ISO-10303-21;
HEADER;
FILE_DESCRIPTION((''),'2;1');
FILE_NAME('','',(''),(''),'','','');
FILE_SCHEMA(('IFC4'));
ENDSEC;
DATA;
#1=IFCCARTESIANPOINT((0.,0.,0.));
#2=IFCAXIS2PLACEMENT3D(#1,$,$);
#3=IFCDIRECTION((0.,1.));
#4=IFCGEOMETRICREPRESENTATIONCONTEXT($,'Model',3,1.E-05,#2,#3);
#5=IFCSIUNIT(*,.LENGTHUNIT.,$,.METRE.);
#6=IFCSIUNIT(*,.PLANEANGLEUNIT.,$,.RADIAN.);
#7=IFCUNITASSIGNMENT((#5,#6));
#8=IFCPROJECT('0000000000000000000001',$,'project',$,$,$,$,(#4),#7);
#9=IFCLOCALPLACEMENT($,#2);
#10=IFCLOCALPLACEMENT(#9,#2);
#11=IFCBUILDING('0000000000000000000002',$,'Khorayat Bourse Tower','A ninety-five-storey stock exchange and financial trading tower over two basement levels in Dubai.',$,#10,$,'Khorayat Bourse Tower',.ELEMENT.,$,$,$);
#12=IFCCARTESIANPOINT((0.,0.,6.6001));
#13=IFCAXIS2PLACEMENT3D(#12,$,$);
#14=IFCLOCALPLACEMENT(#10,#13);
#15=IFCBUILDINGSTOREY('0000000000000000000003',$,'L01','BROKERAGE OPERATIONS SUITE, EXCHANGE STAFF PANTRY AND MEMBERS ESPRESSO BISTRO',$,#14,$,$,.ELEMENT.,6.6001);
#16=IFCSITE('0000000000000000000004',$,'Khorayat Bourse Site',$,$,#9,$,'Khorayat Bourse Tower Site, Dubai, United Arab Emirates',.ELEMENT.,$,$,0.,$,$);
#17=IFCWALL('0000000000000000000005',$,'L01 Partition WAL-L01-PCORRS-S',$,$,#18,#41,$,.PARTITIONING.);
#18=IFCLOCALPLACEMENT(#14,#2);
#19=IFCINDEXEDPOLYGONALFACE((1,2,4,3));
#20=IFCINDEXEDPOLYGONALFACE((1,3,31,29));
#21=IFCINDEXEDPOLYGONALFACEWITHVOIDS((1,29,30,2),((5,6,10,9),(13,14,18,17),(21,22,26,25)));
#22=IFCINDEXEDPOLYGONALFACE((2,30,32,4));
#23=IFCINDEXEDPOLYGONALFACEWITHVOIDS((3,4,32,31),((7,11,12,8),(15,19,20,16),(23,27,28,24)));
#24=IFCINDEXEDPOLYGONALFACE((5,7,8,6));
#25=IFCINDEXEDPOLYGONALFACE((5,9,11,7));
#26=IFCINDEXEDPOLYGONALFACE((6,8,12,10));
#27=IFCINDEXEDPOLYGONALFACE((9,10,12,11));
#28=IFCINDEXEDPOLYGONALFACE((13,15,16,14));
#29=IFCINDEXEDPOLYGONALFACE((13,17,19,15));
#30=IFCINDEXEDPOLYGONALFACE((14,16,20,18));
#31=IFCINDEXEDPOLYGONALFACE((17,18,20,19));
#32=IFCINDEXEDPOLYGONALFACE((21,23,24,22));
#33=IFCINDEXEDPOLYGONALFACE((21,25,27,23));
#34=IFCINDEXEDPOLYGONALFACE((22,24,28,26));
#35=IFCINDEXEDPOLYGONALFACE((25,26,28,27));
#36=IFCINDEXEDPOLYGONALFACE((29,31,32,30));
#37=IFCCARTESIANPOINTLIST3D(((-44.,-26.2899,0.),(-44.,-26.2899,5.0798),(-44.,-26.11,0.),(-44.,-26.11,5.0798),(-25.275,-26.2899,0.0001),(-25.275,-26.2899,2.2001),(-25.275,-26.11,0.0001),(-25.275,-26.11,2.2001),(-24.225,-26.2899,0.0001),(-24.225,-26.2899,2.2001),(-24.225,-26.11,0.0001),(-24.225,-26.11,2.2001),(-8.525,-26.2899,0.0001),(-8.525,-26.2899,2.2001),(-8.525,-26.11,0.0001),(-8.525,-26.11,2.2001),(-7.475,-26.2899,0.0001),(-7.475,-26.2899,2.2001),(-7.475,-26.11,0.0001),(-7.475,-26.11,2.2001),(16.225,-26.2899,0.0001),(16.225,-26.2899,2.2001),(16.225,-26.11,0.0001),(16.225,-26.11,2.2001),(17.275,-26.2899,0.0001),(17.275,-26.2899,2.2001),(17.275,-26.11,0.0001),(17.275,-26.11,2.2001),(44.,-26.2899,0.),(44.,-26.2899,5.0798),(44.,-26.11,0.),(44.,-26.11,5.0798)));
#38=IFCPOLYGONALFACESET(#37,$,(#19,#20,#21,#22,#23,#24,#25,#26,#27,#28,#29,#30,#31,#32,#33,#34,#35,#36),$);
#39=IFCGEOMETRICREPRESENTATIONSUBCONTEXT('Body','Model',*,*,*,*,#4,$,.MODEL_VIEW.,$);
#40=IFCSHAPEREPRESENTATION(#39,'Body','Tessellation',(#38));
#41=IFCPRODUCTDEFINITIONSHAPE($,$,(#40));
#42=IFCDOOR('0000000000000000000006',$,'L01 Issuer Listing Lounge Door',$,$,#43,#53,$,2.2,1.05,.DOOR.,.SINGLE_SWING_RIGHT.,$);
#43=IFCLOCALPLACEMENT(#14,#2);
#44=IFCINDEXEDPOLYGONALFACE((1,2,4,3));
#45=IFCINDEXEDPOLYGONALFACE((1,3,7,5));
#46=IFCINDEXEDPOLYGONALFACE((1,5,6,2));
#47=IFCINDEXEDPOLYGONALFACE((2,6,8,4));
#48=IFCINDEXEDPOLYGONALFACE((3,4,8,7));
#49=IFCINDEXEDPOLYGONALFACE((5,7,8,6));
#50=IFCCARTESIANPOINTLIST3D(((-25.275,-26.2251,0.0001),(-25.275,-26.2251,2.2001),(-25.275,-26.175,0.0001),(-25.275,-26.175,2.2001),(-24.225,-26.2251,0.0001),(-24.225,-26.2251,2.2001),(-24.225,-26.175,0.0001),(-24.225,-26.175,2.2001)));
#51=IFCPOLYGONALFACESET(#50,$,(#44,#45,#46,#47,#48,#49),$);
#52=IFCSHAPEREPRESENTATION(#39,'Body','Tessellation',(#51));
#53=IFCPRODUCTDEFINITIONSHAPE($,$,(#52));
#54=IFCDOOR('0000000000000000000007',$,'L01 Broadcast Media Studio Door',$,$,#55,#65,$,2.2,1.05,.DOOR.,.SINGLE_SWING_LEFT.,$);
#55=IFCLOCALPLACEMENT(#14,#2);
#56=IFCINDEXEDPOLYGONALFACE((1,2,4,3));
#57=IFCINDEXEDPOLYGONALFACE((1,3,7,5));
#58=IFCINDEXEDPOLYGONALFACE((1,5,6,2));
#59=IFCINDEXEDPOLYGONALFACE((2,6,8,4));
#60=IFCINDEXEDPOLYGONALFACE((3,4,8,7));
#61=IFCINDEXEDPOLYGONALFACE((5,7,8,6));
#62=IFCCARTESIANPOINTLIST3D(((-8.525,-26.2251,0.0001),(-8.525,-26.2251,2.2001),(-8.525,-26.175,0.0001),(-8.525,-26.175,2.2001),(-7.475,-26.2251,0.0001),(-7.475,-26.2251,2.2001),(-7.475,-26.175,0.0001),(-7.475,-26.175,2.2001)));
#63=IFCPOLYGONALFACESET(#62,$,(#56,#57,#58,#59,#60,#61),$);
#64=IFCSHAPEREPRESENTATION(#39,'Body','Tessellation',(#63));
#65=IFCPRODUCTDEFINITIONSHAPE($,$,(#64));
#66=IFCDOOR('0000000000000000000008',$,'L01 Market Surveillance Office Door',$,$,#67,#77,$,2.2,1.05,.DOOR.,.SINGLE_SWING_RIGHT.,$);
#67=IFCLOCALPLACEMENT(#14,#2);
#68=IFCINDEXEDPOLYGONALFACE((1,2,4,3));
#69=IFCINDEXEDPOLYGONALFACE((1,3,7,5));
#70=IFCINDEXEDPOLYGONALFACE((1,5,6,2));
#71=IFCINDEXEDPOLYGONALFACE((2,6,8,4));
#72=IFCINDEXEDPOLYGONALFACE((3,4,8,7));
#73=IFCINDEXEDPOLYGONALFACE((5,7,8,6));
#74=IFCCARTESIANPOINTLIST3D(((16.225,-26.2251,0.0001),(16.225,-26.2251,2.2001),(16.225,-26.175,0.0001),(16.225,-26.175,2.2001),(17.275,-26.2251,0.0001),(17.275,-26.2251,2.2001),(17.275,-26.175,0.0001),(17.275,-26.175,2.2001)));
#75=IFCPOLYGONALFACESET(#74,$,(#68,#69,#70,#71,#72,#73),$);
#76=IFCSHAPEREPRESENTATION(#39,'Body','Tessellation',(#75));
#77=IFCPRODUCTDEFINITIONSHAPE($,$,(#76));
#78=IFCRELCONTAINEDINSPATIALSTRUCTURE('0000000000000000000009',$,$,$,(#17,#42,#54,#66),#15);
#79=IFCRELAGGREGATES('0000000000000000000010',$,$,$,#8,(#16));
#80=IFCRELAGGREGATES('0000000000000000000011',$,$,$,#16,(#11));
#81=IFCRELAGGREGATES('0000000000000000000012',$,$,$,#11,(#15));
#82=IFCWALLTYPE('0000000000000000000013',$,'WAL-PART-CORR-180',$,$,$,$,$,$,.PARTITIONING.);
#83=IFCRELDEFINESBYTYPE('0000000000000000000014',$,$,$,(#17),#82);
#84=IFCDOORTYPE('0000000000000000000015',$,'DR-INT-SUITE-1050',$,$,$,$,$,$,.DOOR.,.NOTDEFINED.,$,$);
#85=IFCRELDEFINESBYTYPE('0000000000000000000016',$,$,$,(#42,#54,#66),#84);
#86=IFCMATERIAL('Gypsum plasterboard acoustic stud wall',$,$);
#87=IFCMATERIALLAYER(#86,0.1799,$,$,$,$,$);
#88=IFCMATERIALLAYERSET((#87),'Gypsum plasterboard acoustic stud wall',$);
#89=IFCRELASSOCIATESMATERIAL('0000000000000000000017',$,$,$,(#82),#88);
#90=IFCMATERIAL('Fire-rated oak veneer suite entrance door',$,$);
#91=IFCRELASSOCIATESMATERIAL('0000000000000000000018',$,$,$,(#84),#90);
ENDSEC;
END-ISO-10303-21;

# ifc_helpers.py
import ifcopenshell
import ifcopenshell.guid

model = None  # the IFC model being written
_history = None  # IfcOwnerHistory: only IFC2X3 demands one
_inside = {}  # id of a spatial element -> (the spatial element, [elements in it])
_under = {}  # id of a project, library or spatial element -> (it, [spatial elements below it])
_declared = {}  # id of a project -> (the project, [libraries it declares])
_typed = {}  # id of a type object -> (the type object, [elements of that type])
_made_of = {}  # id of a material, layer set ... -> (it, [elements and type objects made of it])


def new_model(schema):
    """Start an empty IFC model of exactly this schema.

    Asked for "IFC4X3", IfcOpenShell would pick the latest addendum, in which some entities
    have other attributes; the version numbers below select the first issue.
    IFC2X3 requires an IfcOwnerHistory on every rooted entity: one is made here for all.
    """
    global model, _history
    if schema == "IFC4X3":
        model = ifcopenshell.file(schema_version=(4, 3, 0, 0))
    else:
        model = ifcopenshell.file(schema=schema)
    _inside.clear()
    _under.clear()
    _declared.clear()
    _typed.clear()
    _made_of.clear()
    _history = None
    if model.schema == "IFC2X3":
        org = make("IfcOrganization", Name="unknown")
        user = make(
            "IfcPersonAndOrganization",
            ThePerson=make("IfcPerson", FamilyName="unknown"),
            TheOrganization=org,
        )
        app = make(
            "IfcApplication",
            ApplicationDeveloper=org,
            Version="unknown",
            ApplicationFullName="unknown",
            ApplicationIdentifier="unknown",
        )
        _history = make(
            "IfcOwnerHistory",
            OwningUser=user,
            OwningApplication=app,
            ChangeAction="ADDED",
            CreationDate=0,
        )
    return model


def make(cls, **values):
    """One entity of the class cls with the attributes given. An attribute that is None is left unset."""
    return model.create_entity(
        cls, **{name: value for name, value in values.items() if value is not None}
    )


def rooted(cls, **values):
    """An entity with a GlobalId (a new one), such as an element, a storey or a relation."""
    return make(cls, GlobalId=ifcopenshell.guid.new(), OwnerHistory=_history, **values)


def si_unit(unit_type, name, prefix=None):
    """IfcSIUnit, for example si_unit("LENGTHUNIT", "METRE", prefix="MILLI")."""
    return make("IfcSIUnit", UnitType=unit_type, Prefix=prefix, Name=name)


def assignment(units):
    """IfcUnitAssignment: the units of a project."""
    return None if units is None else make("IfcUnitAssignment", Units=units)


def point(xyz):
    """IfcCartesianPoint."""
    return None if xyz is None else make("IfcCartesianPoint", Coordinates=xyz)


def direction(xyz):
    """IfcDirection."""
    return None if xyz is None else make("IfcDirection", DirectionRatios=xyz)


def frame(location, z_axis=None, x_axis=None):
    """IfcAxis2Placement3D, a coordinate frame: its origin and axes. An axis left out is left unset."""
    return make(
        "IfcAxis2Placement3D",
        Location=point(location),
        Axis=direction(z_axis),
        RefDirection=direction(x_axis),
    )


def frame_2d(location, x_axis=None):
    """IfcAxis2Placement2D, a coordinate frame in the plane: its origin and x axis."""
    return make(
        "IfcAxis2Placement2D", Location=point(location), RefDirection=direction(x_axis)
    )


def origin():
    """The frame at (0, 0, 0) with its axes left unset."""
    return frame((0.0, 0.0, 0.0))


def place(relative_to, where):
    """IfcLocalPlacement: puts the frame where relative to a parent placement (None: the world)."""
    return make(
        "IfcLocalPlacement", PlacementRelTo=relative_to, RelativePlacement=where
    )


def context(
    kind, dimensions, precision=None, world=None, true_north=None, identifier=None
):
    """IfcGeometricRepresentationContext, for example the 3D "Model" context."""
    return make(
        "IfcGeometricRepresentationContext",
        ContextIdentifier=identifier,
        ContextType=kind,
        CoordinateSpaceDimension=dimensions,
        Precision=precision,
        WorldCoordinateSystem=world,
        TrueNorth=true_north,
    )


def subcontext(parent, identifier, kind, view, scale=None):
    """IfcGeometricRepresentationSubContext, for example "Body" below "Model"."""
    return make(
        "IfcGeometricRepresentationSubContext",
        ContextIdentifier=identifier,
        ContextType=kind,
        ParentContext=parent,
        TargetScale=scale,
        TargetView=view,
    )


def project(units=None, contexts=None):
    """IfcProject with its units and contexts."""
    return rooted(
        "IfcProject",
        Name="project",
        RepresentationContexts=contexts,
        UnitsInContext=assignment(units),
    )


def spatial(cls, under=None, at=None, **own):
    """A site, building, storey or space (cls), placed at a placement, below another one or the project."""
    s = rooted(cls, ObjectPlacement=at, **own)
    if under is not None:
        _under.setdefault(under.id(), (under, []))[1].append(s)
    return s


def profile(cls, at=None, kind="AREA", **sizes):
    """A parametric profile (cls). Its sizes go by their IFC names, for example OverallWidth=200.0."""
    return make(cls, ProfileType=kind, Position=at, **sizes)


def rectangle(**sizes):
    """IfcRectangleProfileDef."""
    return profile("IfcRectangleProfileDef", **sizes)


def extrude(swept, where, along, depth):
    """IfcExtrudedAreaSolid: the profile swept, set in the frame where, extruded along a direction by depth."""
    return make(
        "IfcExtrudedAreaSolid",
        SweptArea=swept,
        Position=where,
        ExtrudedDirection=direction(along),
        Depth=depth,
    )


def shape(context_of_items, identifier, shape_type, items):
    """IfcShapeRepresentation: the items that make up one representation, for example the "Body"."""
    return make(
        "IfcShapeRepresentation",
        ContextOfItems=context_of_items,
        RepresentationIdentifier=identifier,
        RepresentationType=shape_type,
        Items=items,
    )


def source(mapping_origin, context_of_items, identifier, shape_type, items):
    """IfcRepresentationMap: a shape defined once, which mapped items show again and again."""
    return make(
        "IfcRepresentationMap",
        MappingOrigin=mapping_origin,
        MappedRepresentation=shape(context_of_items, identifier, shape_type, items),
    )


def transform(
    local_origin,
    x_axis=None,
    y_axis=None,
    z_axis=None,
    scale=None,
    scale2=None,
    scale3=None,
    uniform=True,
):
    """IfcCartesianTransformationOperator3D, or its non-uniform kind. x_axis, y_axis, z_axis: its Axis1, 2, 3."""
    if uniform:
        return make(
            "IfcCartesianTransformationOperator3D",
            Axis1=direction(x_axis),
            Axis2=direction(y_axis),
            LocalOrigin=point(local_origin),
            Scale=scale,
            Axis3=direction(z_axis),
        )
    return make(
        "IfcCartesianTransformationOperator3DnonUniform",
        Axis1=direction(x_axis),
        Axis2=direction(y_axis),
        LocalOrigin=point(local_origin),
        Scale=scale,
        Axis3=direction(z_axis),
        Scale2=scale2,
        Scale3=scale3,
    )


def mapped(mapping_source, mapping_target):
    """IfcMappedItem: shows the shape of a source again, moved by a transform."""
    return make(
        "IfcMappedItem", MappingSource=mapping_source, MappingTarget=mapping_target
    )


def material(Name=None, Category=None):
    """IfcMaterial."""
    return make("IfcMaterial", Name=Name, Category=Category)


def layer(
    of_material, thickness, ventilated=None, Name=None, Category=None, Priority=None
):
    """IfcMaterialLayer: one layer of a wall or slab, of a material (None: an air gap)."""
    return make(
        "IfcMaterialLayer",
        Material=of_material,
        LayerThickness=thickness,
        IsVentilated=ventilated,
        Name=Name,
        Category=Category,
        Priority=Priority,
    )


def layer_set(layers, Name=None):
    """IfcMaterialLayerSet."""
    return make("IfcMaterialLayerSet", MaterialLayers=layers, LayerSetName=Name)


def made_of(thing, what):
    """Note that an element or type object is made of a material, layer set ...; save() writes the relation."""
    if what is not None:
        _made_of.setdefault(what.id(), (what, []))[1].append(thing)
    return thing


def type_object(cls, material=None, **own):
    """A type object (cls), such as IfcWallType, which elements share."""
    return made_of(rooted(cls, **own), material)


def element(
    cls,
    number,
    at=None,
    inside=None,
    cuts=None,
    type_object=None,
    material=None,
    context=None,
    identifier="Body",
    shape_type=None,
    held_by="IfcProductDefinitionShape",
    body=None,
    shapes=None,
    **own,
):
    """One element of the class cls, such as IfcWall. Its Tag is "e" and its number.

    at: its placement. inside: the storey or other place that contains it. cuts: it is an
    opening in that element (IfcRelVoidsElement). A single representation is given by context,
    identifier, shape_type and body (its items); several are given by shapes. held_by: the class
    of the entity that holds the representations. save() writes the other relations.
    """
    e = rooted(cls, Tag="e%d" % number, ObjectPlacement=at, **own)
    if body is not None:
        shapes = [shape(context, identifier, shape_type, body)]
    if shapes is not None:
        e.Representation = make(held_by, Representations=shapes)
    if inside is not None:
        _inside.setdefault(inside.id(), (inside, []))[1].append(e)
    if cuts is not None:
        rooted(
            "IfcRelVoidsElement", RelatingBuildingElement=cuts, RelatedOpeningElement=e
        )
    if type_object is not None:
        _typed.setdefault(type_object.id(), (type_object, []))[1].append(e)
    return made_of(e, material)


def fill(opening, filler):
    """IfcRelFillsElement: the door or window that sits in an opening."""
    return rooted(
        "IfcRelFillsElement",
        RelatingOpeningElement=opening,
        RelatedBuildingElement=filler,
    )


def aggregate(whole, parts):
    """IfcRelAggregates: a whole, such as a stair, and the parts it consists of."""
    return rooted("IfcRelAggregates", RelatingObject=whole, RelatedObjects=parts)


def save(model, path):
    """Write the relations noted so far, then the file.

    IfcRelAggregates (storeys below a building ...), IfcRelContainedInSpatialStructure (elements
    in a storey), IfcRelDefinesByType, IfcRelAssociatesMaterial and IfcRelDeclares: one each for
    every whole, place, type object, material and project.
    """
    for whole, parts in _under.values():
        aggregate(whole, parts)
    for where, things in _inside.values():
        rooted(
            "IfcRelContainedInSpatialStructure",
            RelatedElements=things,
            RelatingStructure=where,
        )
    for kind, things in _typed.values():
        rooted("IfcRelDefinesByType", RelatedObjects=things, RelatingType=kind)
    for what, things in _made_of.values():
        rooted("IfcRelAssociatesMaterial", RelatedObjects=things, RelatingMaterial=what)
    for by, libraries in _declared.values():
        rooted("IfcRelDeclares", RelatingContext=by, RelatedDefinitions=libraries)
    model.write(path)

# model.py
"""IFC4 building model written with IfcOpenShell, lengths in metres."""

from ifc_helpers import new_model, si_unit, direction, frame, frame_2d, origin, place, context, subcontext, project, spatial, rectangle, extrude, source, transform, mapped, material, layer, layer_set, type_object, element, fill, save


model = new_model("IFC4")

# Units and contexts
model_context = context("Model", 3, precision=1e-05, world=origin(), true_north=direction((0.0, 1.0)))
body_context = subcontext(model_context, "Body", "Model", "MODEL_VIEW")
ifc_project = project(units=[si_unit("LENGTHUNIT", "METRE"), si_unit("PLANEANGLEUNIT", "RADIAN")], contexts=[model_context])

# Site, building, storey
site_placement = place(None, origin())
site = spatial("IfcSite", under=ifc_project, at=site_placement, Name="Khorayat Bourse Site", LongName="Khorayat Bourse Tower Site, Dubai, United Arab Emirates", CompositionType="ELEMENT", RefElevation=0.0)
building_placement = place(site_placement, origin())
building = spatial("IfcBuilding", under=site, at=building_placement, Name="Khorayat Bourse Tower", Description="A ninety-five-storey stock exchange and financial trading tower over two basement levels in Dubai.", LongName="Khorayat Bourse Tower", CompositionType="ELEMENT")
storey_placement = place(building_placement, frame((0.0, 0.0, 6.6001)))
storey = spatial("IfcBuildingStorey", under=building, at=storey_placement, Name="L01", Description="BROKERAGE OPERATIONS SUITE, EXCHANGE STAFF PANTRY AND MEMBERS ESPRESSO BISTRO", CompositionType="ELEMENT", Elevation=6.6001)

# Wall, openings, doors
ifc_material_1 = material(Name="Gypsum plasterboard acoustic stud wall")
ifc_layer_1 = layer(ifc_material_1, 0.1799)
ifc_layer_set_1 = layer_set([ifc_layer_1], Name="Gypsum plasterboard acoustic stud wall")
wall_type_1 = type_object("IfcWallType", Name="WAL-PART-CORR-180", PredefinedType="PARTITIONING", material=ifc_layer_set_1)
shared_shape_1 = source(origin(), body_context, "Body", "SweptSolid", [
    extrude(rectangle(XDim=88.0, YDim=0.1799, at=frame_2d((44.0, 0.0))), origin(), (0.0, 0.0, 1.0), 5.0798),
])
wall_1_placement = place(storey_placement, frame((-44.0, -26.2, 0.0), z_axis=(0.0, 0.0, 1.0), x_axis=(1.0, 0.0, 0.0)))
wall_1 = element("IfcWall", 1, at=wall_1_placement, inside=storey, type_object=wall_type_1, Name="L01 Partition WAL-L01-PCORRS-S", PredefinedType="PARTITIONING", context=body_context, shape_type="MappedRepresentation", body=[
    mapped(shared_shape_1, transform((0.0, 0.0, 0.0), scale=1.0)),
])
shared_shape_2 = source(origin(), body_context, "Body", "SweptSolid", [
    extrude(rectangle(XDim=1.05, YDim=2.2, at=frame_2d((0.5249, 1.1001))), frame((0.0, 0.0999, 0.0), z_axis=(0.0, -1.0, 0.0), x_axis=(1.0, 0.0, 0.0)), (0.0, 0.0, 1.0), 0.2),
])
opening_1_placement = place(wall_1_placement, frame((18.7251, 0.0, 0.0)))
opening_1 = element("IfcOpeningElement", 2, at=opening_1_placement, cuts=wall_1, PredefinedType="OPENING", context=body_context, shape_type="MappedRepresentation", body=[
    mapped(shared_shape_2, transform((0.0, 0.0, 0.0), scale=1.0)),
])
opening_2_placement = place(wall_1_placement, frame((35.4751, 0.0, 0.0)))
opening_2 = element("IfcOpeningElement", 3, at=opening_2_placement, cuts=wall_1, PredefinedType="OPENING", context=body_context, shape_type="MappedRepresentation", body=[
    mapped(shared_shape_2, transform((0.0, 0.0, 0.0), scale=1.0)),
])
opening_3_placement = place(wall_1_placement, frame((60.2251, 0.0, 0.0)))
opening_3 = element("IfcOpeningElement", 4, at=opening_3_placement, cuts=wall_1, PredefinedType="OPENING", context=body_context, shape_type="MappedRepresentation", body=[
    mapped(shared_shape_2, transform((0.0, 0.0, 0.0), scale=1.0)),
])
ifc_material_2 = material(Name="Fire-rated oak veneer suite entrance door")
door_type_1 = type_object("IfcDoorType", Name="DR-INT-SUITE-1050", OperationType="NOTDEFINED", PredefinedType="DOOR", material=ifc_material_2)
shared_shape_3 = source(origin(), body_context, "Body", "SweptSolid", [
    extrude(rectangle(XDim=1.05, YDim=2.2, at=frame_2d((0.5249, 1.1001))), frame((0.0, 0.0249, 0.0), z_axis=(0.0, -1.0, 0.0), x_axis=(1.0, 0.0, 0.0)), (0.0, 0.0, 1.0), 0.05),
])
door_1_placement = place(opening_1_placement, origin())
door_1 = element("IfcDoor", 5, at=door_1_placement, inside=storey, type_object=door_type_1, Name="L01 Issuer Listing Lounge Door", OperationType="SINGLE_SWING_RIGHT", OverallHeight=2.2, OverallWidth=1.05, PredefinedType="DOOR", context=body_context, shape_type="MappedRepresentation", body=[
    mapped(shared_shape_3, transform((0.0, 0.0, 0.0), scale=1.0)),
])
fill(opening_1, door_1)
door_2_placement = place(opening_2_placement, origin())
door_2 = element("IfcDoor", 6, at=door_2_placement, inside=storey, type_object=door_type_1, Name="L01 Broadcast Media Studio Door", OperationType="SINGLE_SWING_LEFT", OverallHeight=2.2, OverallWidth=1.05, PredefinedType="DOOR", context=body_context, shape_type="MappedRepresentation", body=[
    mapped(shared_shape_3, transform((0.0, 0.0, 0.0), scale=1.0)),
])
fill(opening_2, door_2)
door_3_placement = place(opening_3_placement, origin())
door_3 = element("IfcDoor", 7, at=door_3_placement, inside=storey, type_object=door_type_1, Name="L01 Market Surveillance Office Door", OperationType="SINGLE_SWING_RIGHT", OverallHeight=2.2, OverallWidth=1.05, PredefinedType="DOOR", context=body_context, shape_type="MappedRepresentation", body=[
    mapped(shared_shape_3, transform((0.0, 0.0, 0.0), scale=1.0)),
])
fill(opening_3, door_3)

save(model, "model.ifc")
